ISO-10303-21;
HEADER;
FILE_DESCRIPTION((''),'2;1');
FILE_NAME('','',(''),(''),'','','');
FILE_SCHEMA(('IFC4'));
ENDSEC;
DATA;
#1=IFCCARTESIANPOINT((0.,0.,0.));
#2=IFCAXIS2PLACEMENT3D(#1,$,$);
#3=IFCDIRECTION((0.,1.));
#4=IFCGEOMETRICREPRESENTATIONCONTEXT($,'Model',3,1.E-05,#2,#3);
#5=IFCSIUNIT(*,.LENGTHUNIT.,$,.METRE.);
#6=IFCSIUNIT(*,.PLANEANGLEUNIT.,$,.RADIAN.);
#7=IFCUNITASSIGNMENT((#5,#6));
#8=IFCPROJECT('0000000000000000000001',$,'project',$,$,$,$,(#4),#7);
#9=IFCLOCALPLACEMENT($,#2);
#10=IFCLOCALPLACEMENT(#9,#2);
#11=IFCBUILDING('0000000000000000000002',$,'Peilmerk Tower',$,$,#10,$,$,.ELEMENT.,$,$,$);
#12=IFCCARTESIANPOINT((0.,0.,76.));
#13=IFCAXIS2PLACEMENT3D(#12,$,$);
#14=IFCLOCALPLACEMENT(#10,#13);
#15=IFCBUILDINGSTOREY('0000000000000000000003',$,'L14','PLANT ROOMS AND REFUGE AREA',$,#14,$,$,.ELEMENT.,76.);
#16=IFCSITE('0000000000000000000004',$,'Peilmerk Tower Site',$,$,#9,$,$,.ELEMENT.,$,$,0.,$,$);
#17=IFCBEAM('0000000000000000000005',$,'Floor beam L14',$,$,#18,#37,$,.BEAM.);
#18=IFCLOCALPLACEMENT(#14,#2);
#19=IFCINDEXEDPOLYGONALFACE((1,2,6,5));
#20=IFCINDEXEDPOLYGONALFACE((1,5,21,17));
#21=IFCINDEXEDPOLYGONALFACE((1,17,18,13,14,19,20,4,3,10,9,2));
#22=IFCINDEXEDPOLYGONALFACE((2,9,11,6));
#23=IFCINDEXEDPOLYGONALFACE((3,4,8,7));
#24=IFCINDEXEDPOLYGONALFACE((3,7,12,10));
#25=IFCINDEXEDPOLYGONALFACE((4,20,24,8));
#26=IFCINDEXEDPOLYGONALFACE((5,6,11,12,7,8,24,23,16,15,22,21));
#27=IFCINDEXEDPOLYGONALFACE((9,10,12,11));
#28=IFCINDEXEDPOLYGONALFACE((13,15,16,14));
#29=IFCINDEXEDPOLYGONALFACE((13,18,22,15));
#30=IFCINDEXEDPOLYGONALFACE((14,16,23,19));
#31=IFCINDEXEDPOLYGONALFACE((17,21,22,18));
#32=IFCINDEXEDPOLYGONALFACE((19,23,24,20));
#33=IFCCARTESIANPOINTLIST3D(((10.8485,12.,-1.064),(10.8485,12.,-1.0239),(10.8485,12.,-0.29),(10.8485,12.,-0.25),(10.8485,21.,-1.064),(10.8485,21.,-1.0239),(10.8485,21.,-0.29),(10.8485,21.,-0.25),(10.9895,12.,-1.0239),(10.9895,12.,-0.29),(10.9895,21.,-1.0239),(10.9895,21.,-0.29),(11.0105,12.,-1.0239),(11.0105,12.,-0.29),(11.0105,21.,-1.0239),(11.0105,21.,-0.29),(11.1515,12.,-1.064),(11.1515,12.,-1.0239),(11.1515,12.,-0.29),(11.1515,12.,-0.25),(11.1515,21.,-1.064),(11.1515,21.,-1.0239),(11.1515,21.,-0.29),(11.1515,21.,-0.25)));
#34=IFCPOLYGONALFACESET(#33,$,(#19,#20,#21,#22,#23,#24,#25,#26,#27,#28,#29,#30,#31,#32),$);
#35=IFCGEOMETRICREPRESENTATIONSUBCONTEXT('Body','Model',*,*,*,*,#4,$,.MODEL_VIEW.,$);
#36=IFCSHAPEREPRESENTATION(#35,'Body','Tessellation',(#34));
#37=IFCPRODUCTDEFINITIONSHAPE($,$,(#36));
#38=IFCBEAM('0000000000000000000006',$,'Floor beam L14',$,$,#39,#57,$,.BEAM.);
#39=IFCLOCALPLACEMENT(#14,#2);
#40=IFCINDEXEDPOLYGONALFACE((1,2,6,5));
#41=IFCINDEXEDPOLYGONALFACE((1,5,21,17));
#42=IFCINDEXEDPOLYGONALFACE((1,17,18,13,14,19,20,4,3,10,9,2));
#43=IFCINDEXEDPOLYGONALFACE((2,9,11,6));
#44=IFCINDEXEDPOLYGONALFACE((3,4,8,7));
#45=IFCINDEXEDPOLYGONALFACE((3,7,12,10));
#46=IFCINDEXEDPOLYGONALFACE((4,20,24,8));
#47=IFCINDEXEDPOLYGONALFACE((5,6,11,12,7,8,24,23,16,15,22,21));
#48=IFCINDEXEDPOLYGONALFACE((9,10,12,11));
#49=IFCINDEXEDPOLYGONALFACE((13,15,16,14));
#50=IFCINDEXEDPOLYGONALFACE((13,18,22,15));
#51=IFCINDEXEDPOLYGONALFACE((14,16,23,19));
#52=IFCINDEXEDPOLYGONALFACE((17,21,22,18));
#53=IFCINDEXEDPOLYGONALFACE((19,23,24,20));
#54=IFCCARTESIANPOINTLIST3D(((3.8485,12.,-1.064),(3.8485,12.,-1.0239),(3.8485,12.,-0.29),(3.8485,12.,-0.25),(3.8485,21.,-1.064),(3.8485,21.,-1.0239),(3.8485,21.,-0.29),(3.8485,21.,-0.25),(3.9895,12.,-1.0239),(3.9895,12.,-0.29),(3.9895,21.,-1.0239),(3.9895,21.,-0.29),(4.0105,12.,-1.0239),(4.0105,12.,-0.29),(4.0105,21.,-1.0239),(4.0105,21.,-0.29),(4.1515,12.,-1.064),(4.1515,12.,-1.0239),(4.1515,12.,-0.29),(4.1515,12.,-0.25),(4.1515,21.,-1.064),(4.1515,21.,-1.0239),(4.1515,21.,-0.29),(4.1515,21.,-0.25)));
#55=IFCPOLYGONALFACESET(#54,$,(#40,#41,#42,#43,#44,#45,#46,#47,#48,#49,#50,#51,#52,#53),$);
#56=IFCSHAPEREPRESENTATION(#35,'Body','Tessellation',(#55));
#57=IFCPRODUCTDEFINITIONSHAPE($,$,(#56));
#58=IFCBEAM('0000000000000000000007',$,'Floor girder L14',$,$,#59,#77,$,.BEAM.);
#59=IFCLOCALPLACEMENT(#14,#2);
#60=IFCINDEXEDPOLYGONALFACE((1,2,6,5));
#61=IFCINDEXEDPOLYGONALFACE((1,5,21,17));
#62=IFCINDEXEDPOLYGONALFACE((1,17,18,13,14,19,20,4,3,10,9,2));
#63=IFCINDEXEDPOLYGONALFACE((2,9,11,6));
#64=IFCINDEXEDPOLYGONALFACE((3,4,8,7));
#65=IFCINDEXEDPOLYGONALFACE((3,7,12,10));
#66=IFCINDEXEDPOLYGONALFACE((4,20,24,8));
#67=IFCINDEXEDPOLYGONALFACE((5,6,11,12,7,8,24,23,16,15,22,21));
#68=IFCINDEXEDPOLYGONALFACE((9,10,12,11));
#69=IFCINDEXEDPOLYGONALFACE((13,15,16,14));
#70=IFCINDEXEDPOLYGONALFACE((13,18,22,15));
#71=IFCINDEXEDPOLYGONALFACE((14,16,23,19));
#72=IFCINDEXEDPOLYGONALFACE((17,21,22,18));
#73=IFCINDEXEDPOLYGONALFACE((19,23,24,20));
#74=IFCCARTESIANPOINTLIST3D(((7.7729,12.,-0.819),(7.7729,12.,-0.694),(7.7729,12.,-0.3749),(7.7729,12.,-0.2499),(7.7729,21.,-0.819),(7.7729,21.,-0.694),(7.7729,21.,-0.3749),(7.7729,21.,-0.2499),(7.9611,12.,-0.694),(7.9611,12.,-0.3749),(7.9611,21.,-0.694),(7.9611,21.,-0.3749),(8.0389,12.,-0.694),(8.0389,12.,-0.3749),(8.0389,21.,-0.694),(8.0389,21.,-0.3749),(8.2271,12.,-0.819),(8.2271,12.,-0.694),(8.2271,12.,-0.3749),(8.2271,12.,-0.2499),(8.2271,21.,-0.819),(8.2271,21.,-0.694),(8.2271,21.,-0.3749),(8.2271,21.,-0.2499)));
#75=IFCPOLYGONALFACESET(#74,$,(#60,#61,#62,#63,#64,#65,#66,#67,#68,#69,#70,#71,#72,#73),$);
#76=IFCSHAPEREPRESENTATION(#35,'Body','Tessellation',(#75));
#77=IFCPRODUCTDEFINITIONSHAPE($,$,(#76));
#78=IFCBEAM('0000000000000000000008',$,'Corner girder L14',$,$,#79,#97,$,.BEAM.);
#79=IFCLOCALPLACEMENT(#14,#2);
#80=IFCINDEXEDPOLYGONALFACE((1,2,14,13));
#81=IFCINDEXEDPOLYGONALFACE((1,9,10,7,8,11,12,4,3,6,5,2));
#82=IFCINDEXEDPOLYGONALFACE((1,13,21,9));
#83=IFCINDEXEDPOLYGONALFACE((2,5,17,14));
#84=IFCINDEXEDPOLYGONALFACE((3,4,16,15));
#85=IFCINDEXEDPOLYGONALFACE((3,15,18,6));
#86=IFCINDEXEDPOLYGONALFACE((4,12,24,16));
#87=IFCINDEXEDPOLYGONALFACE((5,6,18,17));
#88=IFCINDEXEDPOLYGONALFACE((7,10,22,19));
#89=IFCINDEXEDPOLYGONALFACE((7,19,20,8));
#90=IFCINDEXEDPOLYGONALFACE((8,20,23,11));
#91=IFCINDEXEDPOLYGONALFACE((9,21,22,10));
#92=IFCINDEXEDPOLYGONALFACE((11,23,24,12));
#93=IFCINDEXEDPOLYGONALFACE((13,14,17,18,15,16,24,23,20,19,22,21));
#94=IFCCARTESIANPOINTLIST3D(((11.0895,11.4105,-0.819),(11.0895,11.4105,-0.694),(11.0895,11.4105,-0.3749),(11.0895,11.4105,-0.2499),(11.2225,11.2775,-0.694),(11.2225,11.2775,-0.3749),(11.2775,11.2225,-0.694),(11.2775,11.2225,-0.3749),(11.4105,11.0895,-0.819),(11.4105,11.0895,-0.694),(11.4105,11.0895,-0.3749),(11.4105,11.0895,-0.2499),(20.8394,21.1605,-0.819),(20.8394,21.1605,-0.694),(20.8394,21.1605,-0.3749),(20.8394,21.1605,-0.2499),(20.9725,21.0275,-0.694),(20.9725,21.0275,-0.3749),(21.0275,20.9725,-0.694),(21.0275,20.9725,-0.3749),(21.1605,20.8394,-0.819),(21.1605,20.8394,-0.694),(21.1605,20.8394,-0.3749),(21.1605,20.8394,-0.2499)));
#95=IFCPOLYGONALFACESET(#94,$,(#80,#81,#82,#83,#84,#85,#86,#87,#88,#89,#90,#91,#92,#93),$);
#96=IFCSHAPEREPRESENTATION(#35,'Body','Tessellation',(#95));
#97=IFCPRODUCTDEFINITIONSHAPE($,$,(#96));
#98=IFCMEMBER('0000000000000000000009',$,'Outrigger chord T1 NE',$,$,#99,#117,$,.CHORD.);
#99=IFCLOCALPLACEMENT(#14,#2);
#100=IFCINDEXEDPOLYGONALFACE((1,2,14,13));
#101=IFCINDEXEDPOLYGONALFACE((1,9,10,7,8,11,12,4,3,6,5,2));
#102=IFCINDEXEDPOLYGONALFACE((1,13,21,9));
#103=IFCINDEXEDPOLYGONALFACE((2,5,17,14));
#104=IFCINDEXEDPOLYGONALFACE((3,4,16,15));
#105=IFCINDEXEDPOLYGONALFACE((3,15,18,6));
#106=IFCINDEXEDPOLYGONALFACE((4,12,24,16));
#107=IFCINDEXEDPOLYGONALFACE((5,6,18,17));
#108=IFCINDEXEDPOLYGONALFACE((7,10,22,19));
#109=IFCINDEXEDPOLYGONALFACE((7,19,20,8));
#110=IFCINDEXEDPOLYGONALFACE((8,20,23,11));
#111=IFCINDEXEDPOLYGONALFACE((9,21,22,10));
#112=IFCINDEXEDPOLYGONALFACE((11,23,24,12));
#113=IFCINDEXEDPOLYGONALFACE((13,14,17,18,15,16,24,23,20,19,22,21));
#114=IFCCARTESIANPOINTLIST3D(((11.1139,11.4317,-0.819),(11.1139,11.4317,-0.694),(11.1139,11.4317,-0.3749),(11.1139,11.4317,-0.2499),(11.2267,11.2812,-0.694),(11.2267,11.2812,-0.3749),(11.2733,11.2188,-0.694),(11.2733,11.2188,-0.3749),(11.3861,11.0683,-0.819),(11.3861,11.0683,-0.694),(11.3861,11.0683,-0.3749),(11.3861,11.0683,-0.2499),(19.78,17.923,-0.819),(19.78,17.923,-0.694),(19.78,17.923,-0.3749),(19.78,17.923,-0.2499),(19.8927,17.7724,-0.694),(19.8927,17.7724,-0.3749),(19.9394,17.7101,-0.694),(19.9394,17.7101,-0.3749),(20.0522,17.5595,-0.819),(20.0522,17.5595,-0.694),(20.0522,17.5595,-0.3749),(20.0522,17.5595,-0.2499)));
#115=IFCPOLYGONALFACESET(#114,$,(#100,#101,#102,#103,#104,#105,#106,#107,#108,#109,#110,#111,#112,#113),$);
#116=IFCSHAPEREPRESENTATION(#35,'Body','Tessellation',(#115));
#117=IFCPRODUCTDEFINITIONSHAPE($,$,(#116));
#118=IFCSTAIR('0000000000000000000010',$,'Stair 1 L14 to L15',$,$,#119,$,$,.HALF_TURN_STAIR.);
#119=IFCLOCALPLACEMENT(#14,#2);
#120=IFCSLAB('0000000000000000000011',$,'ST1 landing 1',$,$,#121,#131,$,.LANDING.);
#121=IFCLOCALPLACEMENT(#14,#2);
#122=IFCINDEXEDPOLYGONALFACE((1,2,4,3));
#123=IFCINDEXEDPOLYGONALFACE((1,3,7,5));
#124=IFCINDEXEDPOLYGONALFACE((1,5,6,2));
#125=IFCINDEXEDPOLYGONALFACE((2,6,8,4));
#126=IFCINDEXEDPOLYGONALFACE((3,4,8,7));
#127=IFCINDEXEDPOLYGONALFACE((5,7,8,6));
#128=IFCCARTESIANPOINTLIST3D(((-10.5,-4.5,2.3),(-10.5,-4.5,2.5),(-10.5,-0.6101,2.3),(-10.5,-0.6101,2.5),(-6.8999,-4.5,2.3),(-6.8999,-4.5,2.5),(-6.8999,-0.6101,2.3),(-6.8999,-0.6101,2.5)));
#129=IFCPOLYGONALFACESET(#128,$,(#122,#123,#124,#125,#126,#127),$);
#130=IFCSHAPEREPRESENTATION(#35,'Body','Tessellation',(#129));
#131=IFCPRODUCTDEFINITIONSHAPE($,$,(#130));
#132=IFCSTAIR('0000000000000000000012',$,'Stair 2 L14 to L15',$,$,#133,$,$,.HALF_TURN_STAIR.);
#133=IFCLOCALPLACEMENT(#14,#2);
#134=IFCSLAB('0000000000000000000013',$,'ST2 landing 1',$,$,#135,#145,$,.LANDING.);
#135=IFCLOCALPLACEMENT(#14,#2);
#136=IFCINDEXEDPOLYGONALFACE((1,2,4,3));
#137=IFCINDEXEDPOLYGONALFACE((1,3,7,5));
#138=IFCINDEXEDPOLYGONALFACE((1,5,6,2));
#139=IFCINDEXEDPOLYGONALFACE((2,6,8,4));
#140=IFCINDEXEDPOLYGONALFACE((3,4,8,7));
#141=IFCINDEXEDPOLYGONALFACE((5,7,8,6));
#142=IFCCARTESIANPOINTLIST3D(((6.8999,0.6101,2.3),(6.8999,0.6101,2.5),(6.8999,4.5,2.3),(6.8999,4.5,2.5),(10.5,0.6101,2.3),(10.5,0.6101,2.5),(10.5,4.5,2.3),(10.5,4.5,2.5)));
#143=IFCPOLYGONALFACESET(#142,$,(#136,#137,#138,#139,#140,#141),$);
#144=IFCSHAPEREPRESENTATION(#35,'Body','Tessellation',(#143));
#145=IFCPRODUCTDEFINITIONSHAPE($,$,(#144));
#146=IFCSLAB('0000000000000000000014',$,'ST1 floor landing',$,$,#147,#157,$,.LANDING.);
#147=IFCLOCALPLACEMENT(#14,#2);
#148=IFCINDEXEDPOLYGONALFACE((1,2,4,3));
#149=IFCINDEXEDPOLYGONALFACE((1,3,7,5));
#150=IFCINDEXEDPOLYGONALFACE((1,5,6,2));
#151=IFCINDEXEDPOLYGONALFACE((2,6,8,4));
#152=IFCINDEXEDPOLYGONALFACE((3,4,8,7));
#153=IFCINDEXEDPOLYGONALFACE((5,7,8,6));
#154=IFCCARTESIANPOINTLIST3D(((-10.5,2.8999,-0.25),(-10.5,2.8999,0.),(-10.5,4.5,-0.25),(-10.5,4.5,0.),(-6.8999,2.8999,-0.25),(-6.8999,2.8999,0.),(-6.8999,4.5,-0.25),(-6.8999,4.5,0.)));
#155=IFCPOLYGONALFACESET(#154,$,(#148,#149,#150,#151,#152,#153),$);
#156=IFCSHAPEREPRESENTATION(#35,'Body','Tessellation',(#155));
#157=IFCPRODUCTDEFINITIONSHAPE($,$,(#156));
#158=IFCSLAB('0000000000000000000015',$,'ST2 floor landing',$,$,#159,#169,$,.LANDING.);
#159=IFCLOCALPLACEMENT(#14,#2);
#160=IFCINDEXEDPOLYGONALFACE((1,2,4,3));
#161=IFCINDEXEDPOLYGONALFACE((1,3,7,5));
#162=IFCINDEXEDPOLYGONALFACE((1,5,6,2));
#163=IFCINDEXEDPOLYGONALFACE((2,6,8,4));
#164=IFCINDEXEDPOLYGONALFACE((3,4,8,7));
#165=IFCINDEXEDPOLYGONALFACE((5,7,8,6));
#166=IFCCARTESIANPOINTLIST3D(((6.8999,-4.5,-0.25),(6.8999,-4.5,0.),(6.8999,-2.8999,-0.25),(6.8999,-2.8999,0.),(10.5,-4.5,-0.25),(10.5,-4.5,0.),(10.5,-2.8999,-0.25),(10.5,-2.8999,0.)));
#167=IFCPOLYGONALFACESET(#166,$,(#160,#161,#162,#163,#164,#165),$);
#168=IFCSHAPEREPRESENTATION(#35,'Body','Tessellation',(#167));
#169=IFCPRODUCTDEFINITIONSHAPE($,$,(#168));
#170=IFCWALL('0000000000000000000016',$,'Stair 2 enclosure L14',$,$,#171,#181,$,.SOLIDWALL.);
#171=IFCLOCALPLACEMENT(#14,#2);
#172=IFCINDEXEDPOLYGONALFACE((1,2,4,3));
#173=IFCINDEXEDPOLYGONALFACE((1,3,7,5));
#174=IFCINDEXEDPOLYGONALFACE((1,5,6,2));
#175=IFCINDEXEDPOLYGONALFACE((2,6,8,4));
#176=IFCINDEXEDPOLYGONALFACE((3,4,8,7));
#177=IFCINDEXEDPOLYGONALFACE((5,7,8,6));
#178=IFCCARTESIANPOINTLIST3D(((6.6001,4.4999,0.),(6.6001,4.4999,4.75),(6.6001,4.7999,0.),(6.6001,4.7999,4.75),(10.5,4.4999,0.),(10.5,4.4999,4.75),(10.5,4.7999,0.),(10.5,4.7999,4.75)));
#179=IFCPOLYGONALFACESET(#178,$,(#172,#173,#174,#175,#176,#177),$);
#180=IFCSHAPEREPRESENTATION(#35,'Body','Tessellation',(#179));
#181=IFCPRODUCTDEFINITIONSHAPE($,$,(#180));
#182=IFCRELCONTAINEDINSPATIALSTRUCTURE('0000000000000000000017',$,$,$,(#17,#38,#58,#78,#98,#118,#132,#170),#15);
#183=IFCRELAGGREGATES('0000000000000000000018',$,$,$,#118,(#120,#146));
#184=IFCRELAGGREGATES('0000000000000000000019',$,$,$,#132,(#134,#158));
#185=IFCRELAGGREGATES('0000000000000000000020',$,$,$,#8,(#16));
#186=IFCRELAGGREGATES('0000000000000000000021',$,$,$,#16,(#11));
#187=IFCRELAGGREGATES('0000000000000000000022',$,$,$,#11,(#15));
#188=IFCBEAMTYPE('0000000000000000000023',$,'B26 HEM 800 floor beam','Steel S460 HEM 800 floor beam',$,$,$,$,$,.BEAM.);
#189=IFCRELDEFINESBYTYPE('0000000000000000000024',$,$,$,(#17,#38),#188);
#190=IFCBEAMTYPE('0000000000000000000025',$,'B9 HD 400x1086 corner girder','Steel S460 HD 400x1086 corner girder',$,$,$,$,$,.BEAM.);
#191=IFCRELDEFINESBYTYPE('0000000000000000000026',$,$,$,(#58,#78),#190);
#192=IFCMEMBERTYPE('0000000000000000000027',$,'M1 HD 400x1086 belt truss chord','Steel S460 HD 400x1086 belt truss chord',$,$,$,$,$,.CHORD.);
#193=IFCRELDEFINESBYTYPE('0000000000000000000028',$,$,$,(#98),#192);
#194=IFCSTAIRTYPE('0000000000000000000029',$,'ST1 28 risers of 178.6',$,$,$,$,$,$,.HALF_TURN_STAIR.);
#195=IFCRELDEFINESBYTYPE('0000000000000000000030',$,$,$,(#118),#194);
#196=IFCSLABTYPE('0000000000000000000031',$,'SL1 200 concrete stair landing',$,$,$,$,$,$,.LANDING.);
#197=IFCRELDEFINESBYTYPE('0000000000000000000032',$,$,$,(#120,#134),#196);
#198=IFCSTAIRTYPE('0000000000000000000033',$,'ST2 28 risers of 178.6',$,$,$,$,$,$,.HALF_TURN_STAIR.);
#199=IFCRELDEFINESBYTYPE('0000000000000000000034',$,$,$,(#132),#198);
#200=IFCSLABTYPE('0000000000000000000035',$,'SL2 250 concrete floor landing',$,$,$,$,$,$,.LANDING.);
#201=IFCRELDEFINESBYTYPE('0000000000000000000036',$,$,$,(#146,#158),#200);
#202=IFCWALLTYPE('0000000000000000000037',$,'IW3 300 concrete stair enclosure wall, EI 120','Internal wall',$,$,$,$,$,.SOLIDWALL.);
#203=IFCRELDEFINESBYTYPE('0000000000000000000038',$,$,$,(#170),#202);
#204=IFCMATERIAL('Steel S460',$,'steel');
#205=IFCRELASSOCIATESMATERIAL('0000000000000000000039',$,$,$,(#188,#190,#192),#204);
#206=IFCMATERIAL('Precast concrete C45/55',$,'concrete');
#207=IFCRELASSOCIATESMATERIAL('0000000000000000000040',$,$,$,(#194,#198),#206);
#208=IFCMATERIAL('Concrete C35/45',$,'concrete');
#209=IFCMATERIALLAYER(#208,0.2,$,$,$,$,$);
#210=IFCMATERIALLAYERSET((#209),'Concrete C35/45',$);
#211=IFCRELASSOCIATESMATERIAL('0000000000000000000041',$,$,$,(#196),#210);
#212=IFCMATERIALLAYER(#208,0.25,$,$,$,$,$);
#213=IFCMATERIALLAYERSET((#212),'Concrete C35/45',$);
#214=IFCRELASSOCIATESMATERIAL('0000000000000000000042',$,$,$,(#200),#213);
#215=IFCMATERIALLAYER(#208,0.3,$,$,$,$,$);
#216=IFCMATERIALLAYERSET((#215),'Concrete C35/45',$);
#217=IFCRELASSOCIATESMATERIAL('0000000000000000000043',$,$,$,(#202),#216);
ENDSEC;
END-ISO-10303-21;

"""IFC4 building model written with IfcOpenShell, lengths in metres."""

from ifc_helpers import new_model, si_unit, direction, frame, frame_2d, origin, origin_2d, place, context, subcontext, project, spatial, polyline, rectangle, i_section, outline, extrude, material, layer, layer_set, material_profile, profile_set, type_object, element, aggregate, save


model = new_model("IFC4")

# Units and contexts
model_context = context("Model", 3, precision=1e-05, world=origin(), true_north=direction((0.0, 1.0)))
body_context = subcontext(model_context, "Body", "Model", "MODEL_VIEW")
ifc_project = project(units=[si_unit("LENGTHUNIT", "METRE"), si_unit("PLANEANGLEUNIT", "RADIAN")], contexts=[model_context])

# Site, building, storey
site_placement = place(None, origin())
site = spatial("IfcSite", under=ifc_project, at=site_placement, Name="Peilmerk Tower Site", CompositionType="ELEMENT", RefElevation=0.0)
building_placement = place(site_placement, origin())
building = spatial("IfcBuilding", under=site, at=building_placement, Name="Peilmerk Tower", CompositionType="ELEMENT")
storey_placement = place(building_placement, frame((0.0, 0.0, 76.0)))
storey = spatial("IfcBuildingStorey", under=building, at=storey_placement, Name="L14", Description="PLANT ROOMS AND REFUGE AREA", CompositionType="ELEMENT", Elevation=76.0)

# Beams
ifc_material_1 = material(Name="Steel S460", Category="steel")
ifc_material_profile_1 = material_profile(ifc_material_1, i_section(OverallWidth=0.303, OverallDepth=0.814, WebThickness=0.021, FlangeThickness=0.04, at=origin_2d()), Name="HEM 800")
ifc_profile_set_1 = profile_set([ifc_material_profile_1], Name="Steel S460")
beam_type_1 = type_object("IfcBeamType", Name="B26 HEM 800 floor beam", Description="Steel S460 HEM 800 floor beam", PredefinedType="BEAM", material=ifc_profile_set_1)
for number, where, z_axis, x_axis, name in (
    (1, (11.0, 12.0, -0.657), (0.0, 1.0, 0.0), (-1.0, 0.0, 0.0), "Floor beam L14"),
    (2, (4.0, 12.0, -0.657), (0.0, 1.0, 0.0), (-1.0, 0.0, 0.0), "Floor beam L14"),
):
    element("IfcBeam", number, at=place(storey_placement, frame(where, z_axis=z_axis, x_axis=x_axis)), inside=storey, type_object=beam_type_1, Name=name, PredefinedType="BEAM", context=body_context, shape_type="SweptSolid", body=[
        extrude(i_section(OverallWidth=0.303, OverallDepth=0.814, WebThickness=0.021, FlangeThickness=0.04, at=origin_2d()), origin(), (0.0, 0.0, 1.0), 9.0),
    ])
ifc_material_profile_2 = material_profile(ifc_material_1, i_section(OverallWidth=0.4541, OverallDepth=0.5691, WebThickness=0.0779, FlangeThickness=0.125, at=origin_2d()), Name="HD 400x1086")
ifc_profile_set_2 = profile_set([ifc_material_profile_2], Name="Steel S460")
beam_type_2 = type_object("IfcBeamType", Name="B9 HD 400x1086 corner girder", Description="Steel S460 HD 400x1086 corner girder", PredefinedType="BEAM", material=ifc_profile_set_2)
beam_1_placement = place(storey_placement, frame((8.0, 12.0, -0.5344), z_axis=(0.0, 1.0, 0.0), x_axis=(-1.0, 0.0, 0.0)))
element("IfcBeam", 3, at=beam_1_placement, inside=storey, type_object=beam_type_2, Name="Floor girder L14", PredefinedType="BEAM", context=body_context, shape_type="SweptSolid", body=[
    extrude(i_section(OverallWidth=0.4541, OverallDepth=0.5691, WebThickness=0.0779, FlangeThickness=0.125, at=origin_2d()), origin(), (0.0, 0.0, 1.0), 9.0),
])
beam_2_placement = place(storey_placement, frame((11.25, 11.25, -0.5344), z_axis=(0.707107, 0.707107, 0.0), x_axis=(-0.707107, 0.707107, 0.0)))
element("IfcBeam", 4, at=beam_2_placement, inside=storey, type_object=beam_type_2, Name="Corner girder L14", PredefinedType="BEAM", context=body_context, shape_type="SweptSolid", body=[
    extrude(i_section(OverallWidth=0.4541, OverallDepth=0.5691, WebThickness=0.0779, FlangeThickness=0.125, at=origin_2d()), origin(), (0.0, 0.0, 1.0), 13.7886),
])

# Member
ifc_material_profile_3 = material_profile(ifc_material_1, i_section(OverallWidth=0.4541, OverallDepth=0.5691, WebThickness=0.0779, FlangeThickness=0.125, at=origin_2d()), Name="HD 400x1086")
ifc_profile_set_3 = profile_set([ifc_material_profile_3], Name="Steel S460")
member_type = type_object("IfcMemberType", Name="M1 HD 400x1086 belt truss chord", Description="Steel S460 HD 400x1086 belt truss chord", PredefinedType="CHORD", material=ifc_profile_set_3)
member_placement = place(storey_placement, frame((11.25, 11.25, -0.5344), z_axis=(0.800368, 0.599509, 0.0), x_axis=(-0.599509, 0.800368, 0.0)))
element("IfcMember", 5, at=member_placement, inside=storey, type_object=member_type, Name="Outrigger chord T1 NE", PredefinedType="CHORD", context=body_context, shape_type="SweptSolid", body=[
    extrude(i_section(OverallWidth=0.4541, OverallDepth=0.5691, WebThickness=0.0779, FlangeThickness=0.125, at=origin_2d()), origin(), (0.0, 0.0, 1.0), 10.8276),
])

# Stairs, slabs
ifc_material_2 = material(Name="Precast concrete C45/55", Category="concrete")
stair_type_1 = type_object("IfcStairType", Name="ST1 28 risers of 178.6", PredefinedType="HALF_TURN_STAIR", material=ifc_material_2)
stair_1_placement = place(storey_placement, origin())
stair_1 = element("IfcStair", 6, at=stair_1_placement, inside=storey, type_object=stair_type_1, Name="Stair 1 L14 to L15", PredefinedType="HALF_TURN_STAIR")
ifc_material_3 = material(Name="Concrete C35/45", Category="concrete")
ifc_layer_1 = layer(ifc_material_3, 0.2)
ifc_layer_set_1 = layer_set([ifc_layer_1], Name="Concrete C35/45")
slab_type_1 = type_object("IfcSlabType", Name="SL1 200 concrete stair landing", PredefinedType="LANDING", material=ifc_layer_set_1)
slab_1_placement = place(storey_placement, frame((0.0, 0.0, 2.3)))
slab_1 = element("IfcSlab", 7, at=slab_1_placement, type_object=slab_type_1, Name="ST1 landing 1", PredefinedType="LANDING", context=body_context, shape_type="SweptSolid", body=[
    extrude(outline(polyline([(-10.5, -4.5), (-6.8999, -4.5), (-6.8999, -0.6101), (-10.5, -0.6101), (-10.5, -4.5)])), origin(), (0.0, 0.0, 1.0), 0.2),
])
stair_type_2 = type_object("IfcStairType", Name="ST2 28 risers of 178.6", PredefinedType="HALF_TURN_STAIR", material=ifc_material_2)
stair_2_placement = place(storey_placement, origin())
stair_2 = element("IfcStair", 8, at=stair_2_placement, inside=storey, type_object=stair_type_2, Name="Stair 2 L14 to L15", PredefinedType="HALF_TURN_STAIR")
slab_2_placement = place(storey_placement, frame((0.0, 0.0, 2.3)))
slab_2 = element("IfcSlab", 9, at=slab_2_placement, type_object=slab_type_1, Name="ST2 landing 1", PredefinedType="LANDING", context=body_context, shape_type="SweptSolid", body=[
    extrude(outline(polyline([(6.8999, 0.6101), (10.5, 0.6101), (10.5, 4.5), (6.8999, 4.5), (6.8999, 0.6101)])), origin(), (0.0, 0.0, 1.0), 0.2),
])

# Slabs
ifc_layer_2 = layer(ifc_material_3, 0.25)
ifc_layer_set_2 = layer_set([ifc_layer_2], Name="Concrete C35/45")
slab_type_2 = type_object("IfcSlabType", Name="SL2 250 concrete floor landing", PredefinedType="LANDING", material=ifc_layer_set_2)
slab_3_placement = place(storey_placement, frame((0.0, 0.0, -0.25)))
slab_3 = element("IfcSlab", 10, at=slab_3_placement, type_object=slab_type_2, Name="ST1 floor landing", PredefinedType="LANDING", context=body_context, shape_type="SweptSolid", body=[
    extrude(outline(polyline([(-10.5, 2.8999), (-6.8999, 2.8999), (-6.8999, 4.5), (-10.5, 4.5), (-10.5, 2.8999)])), origin(), (0.0, 0.0, 1.0), 0.25),
])
aggregate(stair_1, [slab_1, slab_3])
slab_4_placement = place(storey_placement, frame((0.0, 0.0, -0.25)))
slab_4 = element("IfcSlab", 11, at=slab_4_placement, type_object=slab_type_2, Name="ST2 floor landing", PredefinedType="LANDING", context=body_context, shape_type="SweptSolid", body=[
    extrude(outline(polyline([(6.8999, -4.5), (10.5, -4.5), (10.5, -2.8999), (6.8999, -2.8999), (6.8999, -4.5)])), origin(), (0.0, 0.0, 1.0), 0.25),
])

# Wall
ifc_layer_3 = layer(ifc_material_3, 0.3)
ifc_layer_set_3 = layer_set([ifc_layer_3], Name="Concrete C35/45")
wall_type_1 = type_object("IfcWallType", Name="IW3 300 concrete stair enclosure wall, EI 120", Description="Internal wall", PredefinedType="SOLIDWALL", material=ifc_layer_set_3)
wall_1_placement = place(storey_placement, frame((6.6001, 4.6499, 0.0), z_axis=(0.0, 0.0, 1.0), x_axis=(1.0, 0.0, 0.0)))
element("IfcWall", 12, at=wall_1_placement, inside=storey, type_object=wall_type_1, Name="Stair 2 enclosure L14", PredefinedType="SOLIDWALL", context=body_context, shape_type="SweptSolid", body=[
    extrude(rectangle(XDim=3.8999, YDim=0.3, at=frame_2d((1.95, 0.0))), origin(), (0.0, 0.0, 1.0), 4.75),
])

aggregate(stair_2, [slab_2, slab_4])

save(model, "model.ifc")
